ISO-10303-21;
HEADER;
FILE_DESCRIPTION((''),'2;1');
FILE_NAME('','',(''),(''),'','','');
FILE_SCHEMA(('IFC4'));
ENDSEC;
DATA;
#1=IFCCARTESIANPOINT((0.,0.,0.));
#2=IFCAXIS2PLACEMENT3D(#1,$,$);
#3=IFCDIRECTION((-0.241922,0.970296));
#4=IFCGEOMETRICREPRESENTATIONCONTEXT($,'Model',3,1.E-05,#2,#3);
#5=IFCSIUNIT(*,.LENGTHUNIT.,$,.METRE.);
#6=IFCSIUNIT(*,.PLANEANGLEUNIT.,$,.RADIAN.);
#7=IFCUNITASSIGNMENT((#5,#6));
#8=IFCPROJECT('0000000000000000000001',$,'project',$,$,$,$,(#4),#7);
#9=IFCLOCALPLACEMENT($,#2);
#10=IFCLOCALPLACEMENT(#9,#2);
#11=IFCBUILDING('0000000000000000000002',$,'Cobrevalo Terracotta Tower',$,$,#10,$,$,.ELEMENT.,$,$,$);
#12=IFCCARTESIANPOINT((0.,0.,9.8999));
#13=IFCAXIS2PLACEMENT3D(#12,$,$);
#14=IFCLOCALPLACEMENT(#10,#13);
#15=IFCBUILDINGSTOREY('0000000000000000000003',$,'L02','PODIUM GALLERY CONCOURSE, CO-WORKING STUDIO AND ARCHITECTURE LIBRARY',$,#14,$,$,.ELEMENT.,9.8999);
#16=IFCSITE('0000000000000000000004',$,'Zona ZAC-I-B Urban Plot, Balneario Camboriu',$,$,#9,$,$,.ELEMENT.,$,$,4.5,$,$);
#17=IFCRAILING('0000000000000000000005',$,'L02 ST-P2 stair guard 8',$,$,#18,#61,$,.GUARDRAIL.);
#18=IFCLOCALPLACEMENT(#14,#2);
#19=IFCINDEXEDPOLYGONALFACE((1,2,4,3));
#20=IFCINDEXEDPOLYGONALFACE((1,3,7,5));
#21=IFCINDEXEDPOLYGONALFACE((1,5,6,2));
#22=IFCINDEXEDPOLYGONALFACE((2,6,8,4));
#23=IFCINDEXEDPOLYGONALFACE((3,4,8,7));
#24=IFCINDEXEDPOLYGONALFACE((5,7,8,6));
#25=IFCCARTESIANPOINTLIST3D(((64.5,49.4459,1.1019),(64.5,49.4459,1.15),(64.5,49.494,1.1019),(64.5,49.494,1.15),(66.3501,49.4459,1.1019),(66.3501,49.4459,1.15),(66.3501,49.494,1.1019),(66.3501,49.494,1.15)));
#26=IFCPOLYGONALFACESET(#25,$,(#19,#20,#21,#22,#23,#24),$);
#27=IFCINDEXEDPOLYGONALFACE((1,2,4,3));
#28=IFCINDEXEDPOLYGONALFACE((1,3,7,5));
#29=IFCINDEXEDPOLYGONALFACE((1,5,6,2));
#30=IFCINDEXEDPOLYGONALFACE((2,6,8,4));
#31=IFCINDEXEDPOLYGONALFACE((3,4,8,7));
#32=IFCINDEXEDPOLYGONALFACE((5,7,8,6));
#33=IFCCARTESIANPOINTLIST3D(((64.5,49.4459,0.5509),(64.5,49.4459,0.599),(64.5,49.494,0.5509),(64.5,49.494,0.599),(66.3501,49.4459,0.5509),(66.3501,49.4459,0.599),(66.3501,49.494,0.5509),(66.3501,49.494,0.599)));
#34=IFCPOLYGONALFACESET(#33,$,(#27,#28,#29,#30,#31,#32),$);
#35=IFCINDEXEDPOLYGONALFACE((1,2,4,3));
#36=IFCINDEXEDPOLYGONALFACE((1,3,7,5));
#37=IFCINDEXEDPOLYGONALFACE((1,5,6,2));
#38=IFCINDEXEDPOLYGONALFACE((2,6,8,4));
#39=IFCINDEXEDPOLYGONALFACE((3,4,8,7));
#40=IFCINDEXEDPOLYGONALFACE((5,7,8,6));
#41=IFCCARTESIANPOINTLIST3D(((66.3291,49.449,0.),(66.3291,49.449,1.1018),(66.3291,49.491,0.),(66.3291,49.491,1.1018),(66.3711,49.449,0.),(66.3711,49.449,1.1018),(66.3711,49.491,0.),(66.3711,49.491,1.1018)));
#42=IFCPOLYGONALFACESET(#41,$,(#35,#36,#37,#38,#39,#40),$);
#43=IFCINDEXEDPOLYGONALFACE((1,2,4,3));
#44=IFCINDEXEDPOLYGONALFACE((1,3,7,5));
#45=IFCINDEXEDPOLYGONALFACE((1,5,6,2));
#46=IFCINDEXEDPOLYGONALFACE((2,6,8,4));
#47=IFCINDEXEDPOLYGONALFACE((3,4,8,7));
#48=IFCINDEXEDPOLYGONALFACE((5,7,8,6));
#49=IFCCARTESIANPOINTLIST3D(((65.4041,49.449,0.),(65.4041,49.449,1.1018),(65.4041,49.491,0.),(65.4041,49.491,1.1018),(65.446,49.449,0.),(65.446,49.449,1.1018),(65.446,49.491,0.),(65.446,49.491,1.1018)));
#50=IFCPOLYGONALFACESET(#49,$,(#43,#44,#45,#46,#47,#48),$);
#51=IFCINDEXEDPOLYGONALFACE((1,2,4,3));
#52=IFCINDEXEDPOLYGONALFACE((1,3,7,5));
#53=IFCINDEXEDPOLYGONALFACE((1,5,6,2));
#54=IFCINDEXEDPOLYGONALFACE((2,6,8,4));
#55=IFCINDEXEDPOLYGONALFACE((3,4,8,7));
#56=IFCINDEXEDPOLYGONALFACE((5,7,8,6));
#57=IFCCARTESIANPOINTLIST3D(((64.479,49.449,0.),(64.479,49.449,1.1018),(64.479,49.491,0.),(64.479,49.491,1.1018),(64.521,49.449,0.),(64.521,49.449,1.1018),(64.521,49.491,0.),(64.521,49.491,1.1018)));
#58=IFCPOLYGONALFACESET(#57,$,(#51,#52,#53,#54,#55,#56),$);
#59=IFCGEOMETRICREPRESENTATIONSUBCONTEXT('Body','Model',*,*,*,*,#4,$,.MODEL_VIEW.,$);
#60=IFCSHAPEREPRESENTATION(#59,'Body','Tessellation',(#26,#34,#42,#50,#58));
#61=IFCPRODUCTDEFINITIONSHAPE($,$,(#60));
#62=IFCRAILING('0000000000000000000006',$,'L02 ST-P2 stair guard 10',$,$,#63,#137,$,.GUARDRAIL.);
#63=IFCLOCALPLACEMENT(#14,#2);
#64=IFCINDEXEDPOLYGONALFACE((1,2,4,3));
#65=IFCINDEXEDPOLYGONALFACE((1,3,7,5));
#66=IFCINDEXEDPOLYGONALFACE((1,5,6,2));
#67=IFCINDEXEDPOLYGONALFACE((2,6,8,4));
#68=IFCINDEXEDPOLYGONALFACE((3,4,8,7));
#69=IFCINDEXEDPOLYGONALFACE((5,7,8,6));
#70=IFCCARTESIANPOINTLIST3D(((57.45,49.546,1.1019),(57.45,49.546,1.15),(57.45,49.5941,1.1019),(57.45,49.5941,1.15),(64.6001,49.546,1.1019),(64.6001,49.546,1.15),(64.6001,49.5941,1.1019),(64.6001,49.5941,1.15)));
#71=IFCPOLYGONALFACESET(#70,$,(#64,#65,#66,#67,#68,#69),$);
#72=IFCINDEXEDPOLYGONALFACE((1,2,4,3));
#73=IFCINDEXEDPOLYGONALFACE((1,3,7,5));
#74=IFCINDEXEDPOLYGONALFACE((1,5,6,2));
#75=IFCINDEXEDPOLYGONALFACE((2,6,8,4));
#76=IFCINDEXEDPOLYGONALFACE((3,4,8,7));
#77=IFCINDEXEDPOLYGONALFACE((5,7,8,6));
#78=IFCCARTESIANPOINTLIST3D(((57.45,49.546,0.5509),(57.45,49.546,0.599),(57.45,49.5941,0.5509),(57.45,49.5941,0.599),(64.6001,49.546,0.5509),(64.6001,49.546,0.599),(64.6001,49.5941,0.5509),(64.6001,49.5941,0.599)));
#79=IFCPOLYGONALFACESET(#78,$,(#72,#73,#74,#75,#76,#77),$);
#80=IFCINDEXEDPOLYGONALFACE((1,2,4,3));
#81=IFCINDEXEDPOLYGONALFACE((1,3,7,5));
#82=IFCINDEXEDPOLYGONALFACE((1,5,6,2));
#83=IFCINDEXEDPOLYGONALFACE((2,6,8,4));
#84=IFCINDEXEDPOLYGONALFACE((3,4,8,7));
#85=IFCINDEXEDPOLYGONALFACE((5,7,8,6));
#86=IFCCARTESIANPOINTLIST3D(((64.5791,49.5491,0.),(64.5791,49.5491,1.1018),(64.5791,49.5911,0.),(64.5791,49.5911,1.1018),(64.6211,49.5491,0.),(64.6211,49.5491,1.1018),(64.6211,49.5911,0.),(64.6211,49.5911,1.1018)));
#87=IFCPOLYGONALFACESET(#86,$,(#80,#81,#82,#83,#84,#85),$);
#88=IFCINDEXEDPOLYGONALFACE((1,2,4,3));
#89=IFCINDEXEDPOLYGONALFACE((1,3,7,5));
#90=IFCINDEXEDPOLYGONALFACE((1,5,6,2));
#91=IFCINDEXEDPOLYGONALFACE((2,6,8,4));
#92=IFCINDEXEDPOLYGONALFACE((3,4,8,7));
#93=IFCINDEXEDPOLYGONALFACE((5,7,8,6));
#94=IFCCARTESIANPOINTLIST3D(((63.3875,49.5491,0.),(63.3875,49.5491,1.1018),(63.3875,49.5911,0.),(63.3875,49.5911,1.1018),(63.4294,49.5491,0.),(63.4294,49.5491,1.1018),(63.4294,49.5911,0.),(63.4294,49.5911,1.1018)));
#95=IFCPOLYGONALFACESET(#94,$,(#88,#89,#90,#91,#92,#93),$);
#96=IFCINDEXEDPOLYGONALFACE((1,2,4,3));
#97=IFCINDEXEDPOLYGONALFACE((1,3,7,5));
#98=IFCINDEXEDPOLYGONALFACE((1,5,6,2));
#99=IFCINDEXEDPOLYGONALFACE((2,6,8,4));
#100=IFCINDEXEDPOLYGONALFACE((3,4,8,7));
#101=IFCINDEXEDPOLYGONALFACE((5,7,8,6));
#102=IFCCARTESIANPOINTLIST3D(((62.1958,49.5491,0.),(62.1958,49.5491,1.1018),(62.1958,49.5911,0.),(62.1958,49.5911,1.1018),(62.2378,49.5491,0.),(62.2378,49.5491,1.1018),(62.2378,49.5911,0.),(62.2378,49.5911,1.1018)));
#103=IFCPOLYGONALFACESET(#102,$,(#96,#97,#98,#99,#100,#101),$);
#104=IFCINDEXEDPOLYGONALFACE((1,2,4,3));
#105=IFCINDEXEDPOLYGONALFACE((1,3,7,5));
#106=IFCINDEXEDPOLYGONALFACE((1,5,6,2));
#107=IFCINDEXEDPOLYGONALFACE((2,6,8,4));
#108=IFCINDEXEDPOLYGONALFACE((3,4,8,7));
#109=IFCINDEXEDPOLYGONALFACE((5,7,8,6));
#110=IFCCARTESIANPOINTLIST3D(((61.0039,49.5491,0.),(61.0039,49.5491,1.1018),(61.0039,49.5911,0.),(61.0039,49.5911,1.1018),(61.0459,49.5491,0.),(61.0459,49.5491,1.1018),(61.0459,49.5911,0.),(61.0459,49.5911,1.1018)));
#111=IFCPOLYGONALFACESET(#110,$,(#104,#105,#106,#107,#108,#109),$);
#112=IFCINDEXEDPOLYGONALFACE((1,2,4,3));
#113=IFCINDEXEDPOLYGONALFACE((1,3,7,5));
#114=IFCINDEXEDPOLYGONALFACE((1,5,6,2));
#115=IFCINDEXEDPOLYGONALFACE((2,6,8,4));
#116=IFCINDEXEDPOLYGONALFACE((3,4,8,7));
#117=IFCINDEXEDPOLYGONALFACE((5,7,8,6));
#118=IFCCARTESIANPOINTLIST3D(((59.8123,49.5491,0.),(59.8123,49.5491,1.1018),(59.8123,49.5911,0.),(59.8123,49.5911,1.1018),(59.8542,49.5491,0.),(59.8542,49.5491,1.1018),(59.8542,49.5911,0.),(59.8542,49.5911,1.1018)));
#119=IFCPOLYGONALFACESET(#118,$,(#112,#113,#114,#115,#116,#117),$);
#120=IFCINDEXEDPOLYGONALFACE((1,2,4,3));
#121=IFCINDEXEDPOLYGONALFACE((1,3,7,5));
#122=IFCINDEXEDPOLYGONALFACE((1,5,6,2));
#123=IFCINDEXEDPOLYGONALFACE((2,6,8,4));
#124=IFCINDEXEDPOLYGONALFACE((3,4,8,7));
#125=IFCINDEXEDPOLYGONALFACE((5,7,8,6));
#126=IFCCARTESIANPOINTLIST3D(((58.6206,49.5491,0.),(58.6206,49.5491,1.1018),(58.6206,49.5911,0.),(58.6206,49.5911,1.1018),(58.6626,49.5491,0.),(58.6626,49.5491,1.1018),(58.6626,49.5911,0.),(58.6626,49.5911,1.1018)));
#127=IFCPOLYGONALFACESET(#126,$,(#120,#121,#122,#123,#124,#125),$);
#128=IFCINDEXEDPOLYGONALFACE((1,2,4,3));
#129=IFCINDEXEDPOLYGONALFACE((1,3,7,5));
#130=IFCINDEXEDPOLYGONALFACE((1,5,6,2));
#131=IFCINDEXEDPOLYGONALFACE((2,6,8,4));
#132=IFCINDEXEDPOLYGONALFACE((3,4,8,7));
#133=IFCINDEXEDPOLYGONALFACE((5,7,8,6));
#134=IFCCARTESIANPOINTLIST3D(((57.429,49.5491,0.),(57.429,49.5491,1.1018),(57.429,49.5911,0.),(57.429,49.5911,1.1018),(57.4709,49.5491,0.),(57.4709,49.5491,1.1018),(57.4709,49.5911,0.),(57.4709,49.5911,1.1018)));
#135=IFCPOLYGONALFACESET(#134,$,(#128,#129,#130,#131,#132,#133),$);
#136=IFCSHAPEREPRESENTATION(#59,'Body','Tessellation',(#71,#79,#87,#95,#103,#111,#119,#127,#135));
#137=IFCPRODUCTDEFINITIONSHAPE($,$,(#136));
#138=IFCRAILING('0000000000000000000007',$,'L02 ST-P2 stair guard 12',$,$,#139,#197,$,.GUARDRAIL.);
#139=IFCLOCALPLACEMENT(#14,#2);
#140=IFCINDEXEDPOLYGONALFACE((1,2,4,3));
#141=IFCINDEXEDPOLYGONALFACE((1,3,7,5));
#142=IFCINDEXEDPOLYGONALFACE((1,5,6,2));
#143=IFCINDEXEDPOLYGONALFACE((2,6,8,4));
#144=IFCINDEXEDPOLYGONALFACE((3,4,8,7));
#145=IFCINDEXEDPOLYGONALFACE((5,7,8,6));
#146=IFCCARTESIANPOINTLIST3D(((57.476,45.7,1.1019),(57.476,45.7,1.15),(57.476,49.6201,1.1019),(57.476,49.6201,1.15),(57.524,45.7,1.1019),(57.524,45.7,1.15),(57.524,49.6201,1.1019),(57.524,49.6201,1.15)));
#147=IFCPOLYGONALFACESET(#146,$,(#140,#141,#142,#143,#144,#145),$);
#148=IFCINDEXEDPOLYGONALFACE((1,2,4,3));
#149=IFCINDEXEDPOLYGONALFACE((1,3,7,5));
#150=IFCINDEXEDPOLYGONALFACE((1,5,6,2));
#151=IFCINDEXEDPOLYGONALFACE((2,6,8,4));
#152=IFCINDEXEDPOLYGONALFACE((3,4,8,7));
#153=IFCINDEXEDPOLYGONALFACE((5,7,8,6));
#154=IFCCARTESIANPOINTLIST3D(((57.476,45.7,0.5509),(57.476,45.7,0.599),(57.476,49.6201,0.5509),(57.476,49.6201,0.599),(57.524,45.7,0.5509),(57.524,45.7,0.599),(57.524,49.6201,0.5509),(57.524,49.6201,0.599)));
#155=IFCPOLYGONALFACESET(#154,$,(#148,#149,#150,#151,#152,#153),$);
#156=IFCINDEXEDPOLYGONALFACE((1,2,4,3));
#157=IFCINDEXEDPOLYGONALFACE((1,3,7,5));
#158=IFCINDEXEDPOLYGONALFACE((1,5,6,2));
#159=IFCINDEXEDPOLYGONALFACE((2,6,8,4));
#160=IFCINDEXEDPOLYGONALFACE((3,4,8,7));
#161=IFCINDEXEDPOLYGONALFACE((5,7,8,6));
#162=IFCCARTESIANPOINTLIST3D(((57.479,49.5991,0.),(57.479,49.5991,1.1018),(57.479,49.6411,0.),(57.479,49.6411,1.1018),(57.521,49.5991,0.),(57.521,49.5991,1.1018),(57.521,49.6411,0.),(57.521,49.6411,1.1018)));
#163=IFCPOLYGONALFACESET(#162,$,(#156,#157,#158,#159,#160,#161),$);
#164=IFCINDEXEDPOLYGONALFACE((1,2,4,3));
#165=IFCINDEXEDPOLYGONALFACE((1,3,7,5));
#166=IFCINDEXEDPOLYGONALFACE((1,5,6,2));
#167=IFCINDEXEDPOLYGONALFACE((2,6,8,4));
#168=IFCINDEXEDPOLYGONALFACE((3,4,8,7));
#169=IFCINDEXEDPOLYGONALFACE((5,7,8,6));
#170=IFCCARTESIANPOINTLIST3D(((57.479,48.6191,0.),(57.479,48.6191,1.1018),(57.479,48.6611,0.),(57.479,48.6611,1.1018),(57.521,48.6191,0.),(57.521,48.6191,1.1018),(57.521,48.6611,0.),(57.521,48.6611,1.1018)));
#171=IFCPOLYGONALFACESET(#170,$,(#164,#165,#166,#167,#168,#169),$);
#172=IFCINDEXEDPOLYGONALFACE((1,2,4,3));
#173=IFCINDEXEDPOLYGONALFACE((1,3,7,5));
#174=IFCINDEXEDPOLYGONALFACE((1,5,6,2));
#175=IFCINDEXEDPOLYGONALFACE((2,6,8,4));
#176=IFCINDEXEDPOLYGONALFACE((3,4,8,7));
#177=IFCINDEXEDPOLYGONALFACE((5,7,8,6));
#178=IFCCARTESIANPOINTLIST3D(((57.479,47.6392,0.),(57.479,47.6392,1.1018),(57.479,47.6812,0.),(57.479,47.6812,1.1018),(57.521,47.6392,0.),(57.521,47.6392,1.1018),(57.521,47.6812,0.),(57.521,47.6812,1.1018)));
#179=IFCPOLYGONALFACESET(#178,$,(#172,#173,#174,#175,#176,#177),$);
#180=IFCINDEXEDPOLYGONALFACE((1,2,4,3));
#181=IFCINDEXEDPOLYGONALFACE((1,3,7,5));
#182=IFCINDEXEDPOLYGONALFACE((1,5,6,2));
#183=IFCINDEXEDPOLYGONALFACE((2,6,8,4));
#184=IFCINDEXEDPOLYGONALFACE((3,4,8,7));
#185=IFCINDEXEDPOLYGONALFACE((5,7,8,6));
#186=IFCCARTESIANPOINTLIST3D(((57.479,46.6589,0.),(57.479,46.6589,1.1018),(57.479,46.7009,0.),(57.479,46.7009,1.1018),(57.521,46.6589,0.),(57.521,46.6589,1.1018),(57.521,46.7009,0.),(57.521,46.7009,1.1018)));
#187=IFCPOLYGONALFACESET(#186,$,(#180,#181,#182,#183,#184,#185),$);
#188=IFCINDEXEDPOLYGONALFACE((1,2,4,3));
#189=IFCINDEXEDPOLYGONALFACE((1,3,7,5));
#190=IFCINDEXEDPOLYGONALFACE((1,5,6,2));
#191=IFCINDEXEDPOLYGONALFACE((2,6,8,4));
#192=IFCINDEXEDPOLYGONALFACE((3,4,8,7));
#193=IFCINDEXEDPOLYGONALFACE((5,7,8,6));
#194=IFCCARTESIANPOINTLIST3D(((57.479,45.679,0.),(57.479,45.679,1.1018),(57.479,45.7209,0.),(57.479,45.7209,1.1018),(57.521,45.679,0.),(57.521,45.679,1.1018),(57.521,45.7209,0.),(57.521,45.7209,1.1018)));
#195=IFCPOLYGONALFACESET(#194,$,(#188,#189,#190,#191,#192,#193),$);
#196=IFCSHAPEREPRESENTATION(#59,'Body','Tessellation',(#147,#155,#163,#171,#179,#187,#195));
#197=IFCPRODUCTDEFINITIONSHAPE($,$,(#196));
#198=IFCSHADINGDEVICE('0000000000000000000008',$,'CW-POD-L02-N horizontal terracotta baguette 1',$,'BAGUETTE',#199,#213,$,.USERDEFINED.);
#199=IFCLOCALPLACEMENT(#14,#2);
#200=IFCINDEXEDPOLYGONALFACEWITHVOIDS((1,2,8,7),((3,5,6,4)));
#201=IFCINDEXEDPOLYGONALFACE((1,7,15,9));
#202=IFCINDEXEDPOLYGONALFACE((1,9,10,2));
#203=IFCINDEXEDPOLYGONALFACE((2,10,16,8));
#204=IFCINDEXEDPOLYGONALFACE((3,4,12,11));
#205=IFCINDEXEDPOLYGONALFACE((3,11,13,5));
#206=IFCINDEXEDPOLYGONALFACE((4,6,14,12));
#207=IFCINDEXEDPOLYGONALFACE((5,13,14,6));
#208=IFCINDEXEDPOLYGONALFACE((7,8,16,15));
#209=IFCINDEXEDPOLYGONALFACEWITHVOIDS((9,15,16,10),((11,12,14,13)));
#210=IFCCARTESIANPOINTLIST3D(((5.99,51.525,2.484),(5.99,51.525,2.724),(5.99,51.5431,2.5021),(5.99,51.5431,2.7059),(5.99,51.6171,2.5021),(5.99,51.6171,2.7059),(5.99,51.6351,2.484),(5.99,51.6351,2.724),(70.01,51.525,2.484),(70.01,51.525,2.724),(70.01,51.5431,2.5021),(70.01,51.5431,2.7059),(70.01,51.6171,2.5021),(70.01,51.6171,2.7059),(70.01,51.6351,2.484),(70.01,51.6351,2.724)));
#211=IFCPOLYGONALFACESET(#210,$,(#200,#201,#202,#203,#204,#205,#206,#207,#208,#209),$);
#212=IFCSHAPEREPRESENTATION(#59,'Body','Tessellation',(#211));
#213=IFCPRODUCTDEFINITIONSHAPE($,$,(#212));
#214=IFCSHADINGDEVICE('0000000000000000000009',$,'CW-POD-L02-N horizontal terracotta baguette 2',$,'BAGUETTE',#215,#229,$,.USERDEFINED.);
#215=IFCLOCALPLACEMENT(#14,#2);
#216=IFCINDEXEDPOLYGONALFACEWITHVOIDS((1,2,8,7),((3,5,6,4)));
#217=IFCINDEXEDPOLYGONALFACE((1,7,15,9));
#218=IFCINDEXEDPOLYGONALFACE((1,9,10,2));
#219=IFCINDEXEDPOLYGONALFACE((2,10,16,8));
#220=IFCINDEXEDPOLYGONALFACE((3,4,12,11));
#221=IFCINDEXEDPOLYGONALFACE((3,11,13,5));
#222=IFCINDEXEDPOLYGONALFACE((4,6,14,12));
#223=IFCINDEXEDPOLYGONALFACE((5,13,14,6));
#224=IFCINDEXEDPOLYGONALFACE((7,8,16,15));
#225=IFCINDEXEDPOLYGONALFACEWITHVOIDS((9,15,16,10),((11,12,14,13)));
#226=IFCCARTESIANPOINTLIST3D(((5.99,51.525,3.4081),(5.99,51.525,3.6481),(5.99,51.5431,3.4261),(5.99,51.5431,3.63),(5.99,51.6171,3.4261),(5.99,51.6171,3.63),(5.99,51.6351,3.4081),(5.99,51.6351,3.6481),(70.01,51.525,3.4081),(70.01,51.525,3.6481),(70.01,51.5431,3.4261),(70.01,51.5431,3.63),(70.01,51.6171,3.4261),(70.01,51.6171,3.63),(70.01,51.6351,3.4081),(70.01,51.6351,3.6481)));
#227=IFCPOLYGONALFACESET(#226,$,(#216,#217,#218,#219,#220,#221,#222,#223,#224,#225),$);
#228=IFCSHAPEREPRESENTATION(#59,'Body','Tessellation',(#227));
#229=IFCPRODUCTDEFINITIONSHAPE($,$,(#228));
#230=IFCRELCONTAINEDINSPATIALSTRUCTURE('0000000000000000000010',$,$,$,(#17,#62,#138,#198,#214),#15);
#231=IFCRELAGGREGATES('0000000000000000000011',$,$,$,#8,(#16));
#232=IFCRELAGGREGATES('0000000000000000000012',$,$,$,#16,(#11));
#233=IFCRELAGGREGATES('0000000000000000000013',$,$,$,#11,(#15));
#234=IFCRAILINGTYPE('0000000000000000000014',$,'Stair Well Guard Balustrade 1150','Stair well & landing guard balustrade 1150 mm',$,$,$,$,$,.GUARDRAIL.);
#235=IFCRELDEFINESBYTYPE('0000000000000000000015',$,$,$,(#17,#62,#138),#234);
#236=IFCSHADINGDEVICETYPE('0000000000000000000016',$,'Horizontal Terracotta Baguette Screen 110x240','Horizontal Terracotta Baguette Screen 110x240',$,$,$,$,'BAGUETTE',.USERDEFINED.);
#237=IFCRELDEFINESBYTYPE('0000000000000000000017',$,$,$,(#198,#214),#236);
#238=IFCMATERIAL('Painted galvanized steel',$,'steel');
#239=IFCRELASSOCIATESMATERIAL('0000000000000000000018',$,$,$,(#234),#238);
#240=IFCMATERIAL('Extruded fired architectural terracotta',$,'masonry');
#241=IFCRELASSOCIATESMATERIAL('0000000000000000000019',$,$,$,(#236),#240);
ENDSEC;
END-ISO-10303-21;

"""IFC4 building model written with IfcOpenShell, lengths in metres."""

from ifc_helpers import new_model, si_unit, direction, frame, origin, origin_2d, place, context, subcontext, project, spatial, rectangle, hollow_rectangle, extrude, source, transform, mapped, material, material_profile, profile_set, type_object, element, save


model = new_model("IFC4")

# Units and contexts
model_context = context("Model", 3, precision=1e-05, world=origin(), true_north=direction((-0.241922, 0.970296)))
body_context = subcontext(model_context, "Body", "Model", "MODEL_VIEW")
ifc_project = project(units=[si_unit("LENGTHUNIT", "METRE"), si_unit("PLANEANGLEUNIT", "RADIAN")], contexts=[model_context])

# Site, building, storey
site_placement = place(None, origin())
site = spatial("IfcSite", under=ifc_project, at=site_placement, Name="Zona ZAC-I-B Urban Plot, Balneario Camboriu", CompositionType="ELEMENT", RefElevation=4.5)
building_placement = place(site_placement, origin())
building = spatial("IfcBuilding", under=site, at=building_placement, Name="Cobrevalo Terracotta Tower", CompositionType="ELEMENT")
storey_placement = place(building_placement, frame((0.0, 0.0, 9.8999)))
storey = spatial("IfcBuildingStorey", under=building, at=storey_placement, Name="L02", Description="PODIUM GALLERY CONCOURSE, CO-WORKING STUDIO AND ARCHITECTURE LIBRARY", CompositionType="ELEMENT", Elevation=9.8999)

# Railings
ifc_material_1 = material(Name="Painted galvanized steel", Category="steel")
railing_type_1 = type_object("IfcRailingType", Name="Stair Well Guard Balustrade 1150", Description="Stair well & landing guard balustrade 1150 mm", PredefinedType="GUARDRAIL", material=ifc_material_1)
railing_1_placement = place(storey_placement, frame((66.3501, 49.47, 0.0)))
element("IfcRailing", 1, at=railing_1_placement, inside=storey, type_object=railing_type_1, Name="L02 ST-P2 stair guard 8", PredefinedType="GUARDRAIL", context=body_context, shape_type="SweptSolid", body=[
    extrude(rectangle(XDim=0.0481, YDim=0.0481, at=origin_2d()), frame((0.0, 0.0, 1.126), z_axis=(-1.0, 0.0, 0.0), x_axis=(0.0, -1.0, 0.0)), (0.0, 0.0, 1.0), 1.8501),
    extrude(rectangle(XDim=0.0481, YDim=0.0481, at=origin_2d()), frame((0.0, 0.0, 0.575), z_axis=(-1.0, 0.0, 0.0), x_axis=(0.0, -1.0, 0.0)), (0.0, 0.0, 1.0), 1.8501),
    extrude(rectangle(XDim=0.042, YDim=0.042, at=origin_2d()), origin(), (0.0, 0.0, 1.0), 1.1018),
    extrude(rectangle(XDim=0.042, YDim=0.042, at=origin_2d()), frame((-0.925, 0.0, 0.0)), (0.0, 0.0, 1.0), 1.1018),
    extrude(rectangle(XDim=0.042, YDim=0.042, at=origin_2d()), frame((-1.8501, 0.0, 0.0)), (0.0, 0.0, 1.0), 1.1018),
])
railing_2_placement = place(storey_placement, frame((64.6001, 49.5701, 0.0)))
element("IfcRailing", 2, at=railing_2_placement, inside=storey, type_object=railing_type_1, Name="L02 ST-P2 stair guard 10", PredefinedType="GUARDRAIL", context=body_context, shape_type="SweptSolid", body=[
    extrude(rectangle(XDim=0.0481, YDim=0.0481, at=origin_2d()), frame((0.0, 0.0, 1.126), z_axis=(-1.0, 0.0, 0.0), x_axis=(0.0, -1.0, 0.0)), (0.0, 0.0, 1.0), 7.1501),
    extrude(rectangle(XDim=0.0481, YDim=0.0481, at=origin_2d()), frame((0.0, 0.0, 0.575), z_axis=(-1.0, 0.0, 0.0), x_axis=(0.0, -1.0, 0.0)), (0.0, 0.0, 1.0), 7.1501),
    extrude(rectangle(XDim=0.042, YDim=0.042, at=origin_2d()), origin(), (0.0, 0.0, 1.0), 1.1018),
    extrude(rectangle(XDim=0.042, YDim=0.042, at=origin_2d()), frame((-1.1917, 0.0, 0.0)), (0.0, 0.0, 1.0), 1.1018),
    extrude(rectangle(XDim=0.042, YDim=0.042, at=origin_2d()), frame((-2.3833, 0.0, 0.0)), (0.0, 0.0, 1.0), 1.1018),
    extrude(rectangle(XDim=0.042, YDim=0.042, at=origin_2d()), frame((-3.5752, 0.0, 0.0)), (0.0, 0.0, 1.0), 1.1018),
    extrude(rectangle(XDim=0.042, YDim=0.042, at=origin_2d()), frame((-4.7668, 0.0, 0.0)), (0.0, 0.0, 1.0), 1.1018),
    extrude(rectangle(XDim=0.042, YDim=0.042, at=origin_2d()), frame((-5.9585, 0.0, 0.0)), (0.0, 0.0, 1.0), 1.1018),
    extrude(rectangle(XDim=0.042, YDim=0.042, at=origin_2d()), frame((-7.1501, 0.0, 0.0)), (0.0, 0.0, 1.0), 1.1018),
])
railing_3_placement = place(storey_placement, frame((57.5, 49.6201, 0.0)))
element("IfcRailing", 3, at=railing_3_placement, inside=storey, type_object=railing_type_1, Name="L02 ST-P2 stair guard 12", PredefinedType="GUARDRAIL", context=body_context, shape_type="SweptSolid", body=[
    extrude(rectangle(XDim=0.0481, YDim=0.0481, at=origin_2d()), frame((0.0, 0.0, 1.126), z_axis=(0.0, -1.0, 0.0), x_axis=(1.0, 0.0, 0.0)), (0.0, 0.0, 1.0), 3.9202),
    extrude(rectangle(XDim=0.0481, YDim=0.0481, at=origin_2d()), frame((0.0, 0.0, 0.575), z_axis=(0.0, -1.0, 0.0), x_axis=(1.0, 0.0, 0.0)), (0.0, 0.0, 1.0), 3.9202),
    extrude(rectangle(XDim=0.042, YDim=0.042, at=origin_2d()), origin(), (0.0, 0.0, 1.0), 1.1018),
    extrude(rectangle(XDim=0.042, YDim=0.042, at=origin_2d()), frame((0.0, -0.98, 0.0)), (0.0, 0.0, 1.0), 1.1018),
    extrude(rectangle(XDim=0.042, YDim=0.042, at=origin_2d()), frame((0.0, -1.96, 0.0)), (0.0, 0.0, 1.0), 1.1018),
    extrude(rectangle(XDim=0.042, YDim=0.042, at=origin_2d()), frame((0.0, -2.9402, 0.0)), (0.0, 0.0, 1.0), 1.1018),
    extrude(rectangle(XDim=0.042, YDim=0.042, at=origin_2d()), frame((0.0, -3.9202, 0.0)), (0.0, 0.0, 1.0), 1.1018),
])

# Shading devices
ifc_material_2 = material(Name="Extruded fired architectural terracotta", Category="masonry")
ifc_material_profile_1 = material_profile(ifc_material_2, hollow_rectangle(XDim=0.1101, YDim=0.24, WallThickness=0.0181, at=origin_2d()), Name="BAGUETTE 110x240")
ifc_profile_set_1 = profile_set([ifc_material_profile_1], Name="Extruded fired architectural terracotta")
shading_device_type = type_object("IfcShadingDeviceType", Name="Horizontal Terracotta Baguette Screen 110x240", Description="Horizontal Terracotta Baguette Screen 110x240", ElementType="BAGUETTE", PredefinedType="USERDEFINED", material=ifc_profile_set_1)
shared_shape_1 = source(origin(), body_context, "Body", "SweptSolid", [
    extrude(hollow_rectangle(XDim=0.1101, YDim=0.24, WallThickness=0.0181, at=origin_2d()), origin(), (0.0, 0.0, 1.0), 64.02),
])
for number, where, z_axis, x_axis, name in (
    (4, (70.01, 51.5801, 2.604), (-1.0, 0.0, 0.0), (0.0, -1.0, 0.0), "CW-POD-L02-N horizontal terracotta baguette 1"),
    (5, (70.01, 51.5801, 3.5281), (-1.0, 0.0, 0.0), (0.0, -1.0, 0.0), "CW-POD-L02-N horizontal terracotta baguette 2"),
):
    element("IfcShadingDevice", number, at=place(storey_placement, frame(where, z_axis=z_axis, x_axis=x_axis)), inside=storey, type_object=shading_device_type, Name=name, ObjectType="BAGUETTE", PredefinedType="USERDEFINED", context=body_context, shape_type="MappedRepresentation", body=[
        mapped(shared_shape_1, transform((0.0, 0.0, 0.0), scale=1.0)),
    ])

save(model, "model.ifc")
